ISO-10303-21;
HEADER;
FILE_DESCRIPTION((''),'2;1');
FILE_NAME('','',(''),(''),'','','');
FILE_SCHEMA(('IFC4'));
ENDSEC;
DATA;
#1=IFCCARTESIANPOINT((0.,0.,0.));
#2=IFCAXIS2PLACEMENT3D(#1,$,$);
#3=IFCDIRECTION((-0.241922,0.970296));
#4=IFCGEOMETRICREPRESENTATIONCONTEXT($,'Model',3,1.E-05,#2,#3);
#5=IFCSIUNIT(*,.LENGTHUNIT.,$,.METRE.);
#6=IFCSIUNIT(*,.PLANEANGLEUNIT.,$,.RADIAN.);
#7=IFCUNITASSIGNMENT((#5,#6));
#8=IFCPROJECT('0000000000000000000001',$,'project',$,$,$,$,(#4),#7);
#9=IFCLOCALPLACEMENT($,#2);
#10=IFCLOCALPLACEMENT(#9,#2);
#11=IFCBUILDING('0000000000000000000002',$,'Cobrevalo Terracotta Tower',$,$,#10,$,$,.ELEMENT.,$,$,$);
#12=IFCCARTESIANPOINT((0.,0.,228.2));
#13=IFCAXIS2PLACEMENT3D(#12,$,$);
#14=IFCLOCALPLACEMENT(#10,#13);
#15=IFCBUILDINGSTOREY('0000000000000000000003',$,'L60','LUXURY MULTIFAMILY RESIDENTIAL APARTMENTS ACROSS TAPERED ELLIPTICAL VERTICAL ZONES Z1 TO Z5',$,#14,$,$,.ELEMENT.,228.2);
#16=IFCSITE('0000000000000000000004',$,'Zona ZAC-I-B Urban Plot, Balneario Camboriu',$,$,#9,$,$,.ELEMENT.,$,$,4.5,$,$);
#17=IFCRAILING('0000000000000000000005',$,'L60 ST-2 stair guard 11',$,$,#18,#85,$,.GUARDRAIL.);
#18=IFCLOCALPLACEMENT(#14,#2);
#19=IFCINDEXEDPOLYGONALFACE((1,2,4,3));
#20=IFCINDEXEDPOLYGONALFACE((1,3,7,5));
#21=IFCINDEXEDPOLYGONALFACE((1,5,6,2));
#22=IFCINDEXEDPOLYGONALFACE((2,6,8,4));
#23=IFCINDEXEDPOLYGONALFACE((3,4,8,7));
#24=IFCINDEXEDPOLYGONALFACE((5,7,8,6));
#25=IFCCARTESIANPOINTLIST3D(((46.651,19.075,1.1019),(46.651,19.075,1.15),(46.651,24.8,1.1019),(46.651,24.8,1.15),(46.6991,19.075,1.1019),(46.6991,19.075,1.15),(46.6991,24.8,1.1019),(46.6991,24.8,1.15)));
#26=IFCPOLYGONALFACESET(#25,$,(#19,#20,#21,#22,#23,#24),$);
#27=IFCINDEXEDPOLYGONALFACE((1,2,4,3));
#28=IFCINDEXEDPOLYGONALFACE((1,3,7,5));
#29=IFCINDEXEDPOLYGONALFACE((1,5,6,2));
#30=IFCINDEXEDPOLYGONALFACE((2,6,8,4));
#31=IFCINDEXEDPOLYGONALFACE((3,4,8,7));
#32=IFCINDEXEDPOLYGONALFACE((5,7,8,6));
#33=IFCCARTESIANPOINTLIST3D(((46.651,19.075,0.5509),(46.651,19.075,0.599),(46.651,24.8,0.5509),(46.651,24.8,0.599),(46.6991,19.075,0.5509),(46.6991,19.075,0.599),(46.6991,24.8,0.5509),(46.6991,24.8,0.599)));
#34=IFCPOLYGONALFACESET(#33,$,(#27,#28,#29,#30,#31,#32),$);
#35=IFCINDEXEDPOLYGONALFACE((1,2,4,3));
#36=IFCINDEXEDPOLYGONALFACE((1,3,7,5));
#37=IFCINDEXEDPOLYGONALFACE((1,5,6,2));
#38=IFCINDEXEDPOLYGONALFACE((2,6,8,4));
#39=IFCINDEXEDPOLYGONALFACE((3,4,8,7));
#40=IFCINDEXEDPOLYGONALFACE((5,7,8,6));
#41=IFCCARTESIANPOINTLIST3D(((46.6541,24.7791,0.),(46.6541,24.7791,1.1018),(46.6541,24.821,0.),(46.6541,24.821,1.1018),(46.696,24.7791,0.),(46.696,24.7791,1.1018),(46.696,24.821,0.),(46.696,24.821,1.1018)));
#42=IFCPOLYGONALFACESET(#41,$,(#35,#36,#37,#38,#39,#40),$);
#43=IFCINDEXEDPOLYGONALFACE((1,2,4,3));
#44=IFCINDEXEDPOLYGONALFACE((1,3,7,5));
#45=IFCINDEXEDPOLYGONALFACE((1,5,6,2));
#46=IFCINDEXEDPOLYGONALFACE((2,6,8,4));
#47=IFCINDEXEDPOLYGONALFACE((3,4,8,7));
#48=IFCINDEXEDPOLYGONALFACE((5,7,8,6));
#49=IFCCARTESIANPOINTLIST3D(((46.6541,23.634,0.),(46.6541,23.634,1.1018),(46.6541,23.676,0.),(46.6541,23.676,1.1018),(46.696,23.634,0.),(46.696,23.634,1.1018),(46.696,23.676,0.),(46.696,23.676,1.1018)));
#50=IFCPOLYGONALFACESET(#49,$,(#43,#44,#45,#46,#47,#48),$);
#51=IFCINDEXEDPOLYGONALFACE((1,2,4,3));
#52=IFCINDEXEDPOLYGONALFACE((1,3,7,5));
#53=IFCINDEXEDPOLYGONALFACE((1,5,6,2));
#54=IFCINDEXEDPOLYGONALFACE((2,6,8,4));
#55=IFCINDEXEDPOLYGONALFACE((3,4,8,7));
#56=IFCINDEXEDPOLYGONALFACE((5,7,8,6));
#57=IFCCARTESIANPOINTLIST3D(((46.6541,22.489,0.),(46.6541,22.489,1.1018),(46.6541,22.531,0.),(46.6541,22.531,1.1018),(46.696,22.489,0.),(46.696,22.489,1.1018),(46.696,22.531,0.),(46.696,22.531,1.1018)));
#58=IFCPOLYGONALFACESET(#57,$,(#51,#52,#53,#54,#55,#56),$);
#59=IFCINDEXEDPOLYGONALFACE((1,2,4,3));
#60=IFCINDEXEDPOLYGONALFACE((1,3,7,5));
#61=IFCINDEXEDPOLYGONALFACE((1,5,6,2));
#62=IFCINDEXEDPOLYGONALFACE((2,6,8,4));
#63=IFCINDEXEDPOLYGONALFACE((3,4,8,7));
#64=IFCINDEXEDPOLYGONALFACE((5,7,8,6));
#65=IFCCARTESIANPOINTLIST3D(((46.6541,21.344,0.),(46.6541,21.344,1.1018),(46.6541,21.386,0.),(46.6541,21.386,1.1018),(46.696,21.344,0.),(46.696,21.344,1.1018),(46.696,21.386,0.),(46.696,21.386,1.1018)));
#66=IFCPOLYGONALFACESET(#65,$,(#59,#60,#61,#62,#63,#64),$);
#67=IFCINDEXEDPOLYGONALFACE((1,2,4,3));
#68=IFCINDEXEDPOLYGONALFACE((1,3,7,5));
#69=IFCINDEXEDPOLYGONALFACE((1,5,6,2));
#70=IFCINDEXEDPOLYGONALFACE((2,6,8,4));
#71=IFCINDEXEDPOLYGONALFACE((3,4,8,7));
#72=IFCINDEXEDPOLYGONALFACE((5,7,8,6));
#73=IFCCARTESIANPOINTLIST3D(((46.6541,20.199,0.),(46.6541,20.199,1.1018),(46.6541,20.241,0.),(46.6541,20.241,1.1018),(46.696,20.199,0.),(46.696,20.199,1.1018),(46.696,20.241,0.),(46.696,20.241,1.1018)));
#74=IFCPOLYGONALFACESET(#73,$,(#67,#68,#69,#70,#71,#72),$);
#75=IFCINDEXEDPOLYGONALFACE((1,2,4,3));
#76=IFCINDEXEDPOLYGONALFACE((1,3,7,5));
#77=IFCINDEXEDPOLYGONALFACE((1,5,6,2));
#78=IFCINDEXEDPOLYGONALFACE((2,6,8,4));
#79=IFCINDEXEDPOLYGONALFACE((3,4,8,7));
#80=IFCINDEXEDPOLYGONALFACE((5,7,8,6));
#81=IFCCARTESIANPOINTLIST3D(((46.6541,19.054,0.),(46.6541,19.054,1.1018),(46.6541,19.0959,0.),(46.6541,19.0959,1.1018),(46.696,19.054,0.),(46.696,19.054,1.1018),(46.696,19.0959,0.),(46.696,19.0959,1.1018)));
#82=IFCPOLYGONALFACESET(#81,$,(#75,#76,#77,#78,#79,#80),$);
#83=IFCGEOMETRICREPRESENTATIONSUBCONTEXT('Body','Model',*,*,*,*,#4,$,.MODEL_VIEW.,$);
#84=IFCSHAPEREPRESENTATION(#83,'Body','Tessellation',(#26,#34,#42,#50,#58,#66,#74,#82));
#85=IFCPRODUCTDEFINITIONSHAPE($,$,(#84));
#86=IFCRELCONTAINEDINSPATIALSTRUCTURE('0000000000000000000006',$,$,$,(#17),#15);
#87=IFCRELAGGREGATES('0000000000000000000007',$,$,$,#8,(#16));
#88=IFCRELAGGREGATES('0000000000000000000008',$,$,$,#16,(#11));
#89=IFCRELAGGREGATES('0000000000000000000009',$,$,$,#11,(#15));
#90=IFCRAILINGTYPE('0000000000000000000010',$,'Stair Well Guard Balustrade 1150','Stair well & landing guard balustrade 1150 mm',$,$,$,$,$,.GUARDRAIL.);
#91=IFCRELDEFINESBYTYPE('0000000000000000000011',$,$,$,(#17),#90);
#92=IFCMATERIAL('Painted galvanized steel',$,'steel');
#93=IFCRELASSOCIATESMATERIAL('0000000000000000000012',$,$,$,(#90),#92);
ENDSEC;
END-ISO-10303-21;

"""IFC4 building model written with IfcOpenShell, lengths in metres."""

from ifc_helpers import new_model, si_unit, direction, frame, origin, origin_2d, place, context, subcontext, project, spatial, rectangle, extrude, material, type_object, element, save


model = new_model("IFC4")

# Units and contexts
model_context = context("Model", 3, precision=1e-05, world=origin(), true_north=direction((-0.241922, 0.970296)))
body_context = subcontext(model_context, "Body", "Model", "MODEL_VIEW")
ifc_project = project(units=[si_unit("LENGTHUNIT", "METRE"), si_unit("PLANEANGLEUNIT", "RADIAN")], contexts=[model_context])

# Site, building, storey
site_placement = place(None, origin())
site = spatial("IfcSite", under=ifc_project, at=site_placement, Name="Zona ZAC-I-B Urban Plot, Balneario Camboriu", CompositionType="ELEMENT", RefElevation=4.5)
building_placement = place(site_placement, origin())
building = spatial("IfcBuilding", under=site, at=building_placement, Name="Cobrevalo Terracotta Tower", CompositionType="ELEMENT")
storey_placement = place(building_placement, frame((0.0, 0.0, 228.2)))
storey = spatial("IfcBuildingStorey", under=building, at=storey_placement, Name="L60", Description="LUXURY MULTIFAMILY RESIDENTIAL APARTMENTS ACROSS TAPERED ELLIPTICAL VERTICAL ZONES Z1 TO Z5", CompositionType="ELEMENT", Elevation=228.2)

# Railing
ifc_material_1 = material(Name="Painted galvanized steel", Category="steel")
railing_type = type_object("IfcRailingType", Name="Stair Well Guard Balustrade 1150", Description="Stair well & landing guard balustrade 1150 mm", PredefinedType="GUARDRAIL", material=ifc_material_1)
for number, where, name in (
    (1, (46.675, 24.8, 0.0), "L60 ST-2 stair guard 11"),
):
    element("IfcRailing", number, at=place(storey_placement, frame(where)), inside=storey, type_object=railing_type, Name=name, PredefinedType="GUARDRAIL", context=body_context, shape_type="SweptSolid", body=[
        extrude(rectangle(XDim=0.0481, YDim=0.0481, at=origin_2d()), frame((0.0, 0.0, 1.126), z_axis=(0.0, -1.0, 0.0), x_axis=(1.0, 0.0, 0.0)), (0.0, 0.0, 1.0), 5.7251),
        extrude(rectangle(XDim=0.0481, YDim=0.0481, at=origin_2d()), frame((0.0, 0.0, 0.575), z_axis=(0.0, -1.0, 0.0), x_axis=(1.0, 0.0, 0.0)), (0.0, 0.0, 1.0), 5.7251),
        extrude(rectangle(XDim=0.042, YDim=0.042, at=origin_2d()), origin(), (0.0, 0.0, 1.0), 1.1018),
        extrude(rectangle(XDim=0.042, YDim=0.042, at=origin_2d()), frame((0.0, -1.145, 0.0)), (0.0, 0.0, 1.0), 1.1018),
        extrude(rectangle(XDim=0.042, YDim=0.042, at=origin_2d()), frame((0.0, -2.29, 0.0)), (0.0, 0.0, 1.0), 1.1018),
        extrude(rectangle(XDim=0.042, YDim=0.042, at=origin_2d()), frame((0.0, -3.4351, 0.0)), (0.0, 0.0, 1.0), 1.1018),
        extrude(rectangle(XDim=0.042, YDim=0.042, at=origin_2d()), frame((0.0, -4.5801, 0.0)), (0.0, 0.0, 1.0), 1.1018),
        extrude(rectangle(XDim=0.042, YDim=0.042, at=origin_2d()), frame((0.0, -5.7251, 0.0)), (0.0, 0.0, 1.0), 1.1018),
    ])

save(model, "model.ifc")
